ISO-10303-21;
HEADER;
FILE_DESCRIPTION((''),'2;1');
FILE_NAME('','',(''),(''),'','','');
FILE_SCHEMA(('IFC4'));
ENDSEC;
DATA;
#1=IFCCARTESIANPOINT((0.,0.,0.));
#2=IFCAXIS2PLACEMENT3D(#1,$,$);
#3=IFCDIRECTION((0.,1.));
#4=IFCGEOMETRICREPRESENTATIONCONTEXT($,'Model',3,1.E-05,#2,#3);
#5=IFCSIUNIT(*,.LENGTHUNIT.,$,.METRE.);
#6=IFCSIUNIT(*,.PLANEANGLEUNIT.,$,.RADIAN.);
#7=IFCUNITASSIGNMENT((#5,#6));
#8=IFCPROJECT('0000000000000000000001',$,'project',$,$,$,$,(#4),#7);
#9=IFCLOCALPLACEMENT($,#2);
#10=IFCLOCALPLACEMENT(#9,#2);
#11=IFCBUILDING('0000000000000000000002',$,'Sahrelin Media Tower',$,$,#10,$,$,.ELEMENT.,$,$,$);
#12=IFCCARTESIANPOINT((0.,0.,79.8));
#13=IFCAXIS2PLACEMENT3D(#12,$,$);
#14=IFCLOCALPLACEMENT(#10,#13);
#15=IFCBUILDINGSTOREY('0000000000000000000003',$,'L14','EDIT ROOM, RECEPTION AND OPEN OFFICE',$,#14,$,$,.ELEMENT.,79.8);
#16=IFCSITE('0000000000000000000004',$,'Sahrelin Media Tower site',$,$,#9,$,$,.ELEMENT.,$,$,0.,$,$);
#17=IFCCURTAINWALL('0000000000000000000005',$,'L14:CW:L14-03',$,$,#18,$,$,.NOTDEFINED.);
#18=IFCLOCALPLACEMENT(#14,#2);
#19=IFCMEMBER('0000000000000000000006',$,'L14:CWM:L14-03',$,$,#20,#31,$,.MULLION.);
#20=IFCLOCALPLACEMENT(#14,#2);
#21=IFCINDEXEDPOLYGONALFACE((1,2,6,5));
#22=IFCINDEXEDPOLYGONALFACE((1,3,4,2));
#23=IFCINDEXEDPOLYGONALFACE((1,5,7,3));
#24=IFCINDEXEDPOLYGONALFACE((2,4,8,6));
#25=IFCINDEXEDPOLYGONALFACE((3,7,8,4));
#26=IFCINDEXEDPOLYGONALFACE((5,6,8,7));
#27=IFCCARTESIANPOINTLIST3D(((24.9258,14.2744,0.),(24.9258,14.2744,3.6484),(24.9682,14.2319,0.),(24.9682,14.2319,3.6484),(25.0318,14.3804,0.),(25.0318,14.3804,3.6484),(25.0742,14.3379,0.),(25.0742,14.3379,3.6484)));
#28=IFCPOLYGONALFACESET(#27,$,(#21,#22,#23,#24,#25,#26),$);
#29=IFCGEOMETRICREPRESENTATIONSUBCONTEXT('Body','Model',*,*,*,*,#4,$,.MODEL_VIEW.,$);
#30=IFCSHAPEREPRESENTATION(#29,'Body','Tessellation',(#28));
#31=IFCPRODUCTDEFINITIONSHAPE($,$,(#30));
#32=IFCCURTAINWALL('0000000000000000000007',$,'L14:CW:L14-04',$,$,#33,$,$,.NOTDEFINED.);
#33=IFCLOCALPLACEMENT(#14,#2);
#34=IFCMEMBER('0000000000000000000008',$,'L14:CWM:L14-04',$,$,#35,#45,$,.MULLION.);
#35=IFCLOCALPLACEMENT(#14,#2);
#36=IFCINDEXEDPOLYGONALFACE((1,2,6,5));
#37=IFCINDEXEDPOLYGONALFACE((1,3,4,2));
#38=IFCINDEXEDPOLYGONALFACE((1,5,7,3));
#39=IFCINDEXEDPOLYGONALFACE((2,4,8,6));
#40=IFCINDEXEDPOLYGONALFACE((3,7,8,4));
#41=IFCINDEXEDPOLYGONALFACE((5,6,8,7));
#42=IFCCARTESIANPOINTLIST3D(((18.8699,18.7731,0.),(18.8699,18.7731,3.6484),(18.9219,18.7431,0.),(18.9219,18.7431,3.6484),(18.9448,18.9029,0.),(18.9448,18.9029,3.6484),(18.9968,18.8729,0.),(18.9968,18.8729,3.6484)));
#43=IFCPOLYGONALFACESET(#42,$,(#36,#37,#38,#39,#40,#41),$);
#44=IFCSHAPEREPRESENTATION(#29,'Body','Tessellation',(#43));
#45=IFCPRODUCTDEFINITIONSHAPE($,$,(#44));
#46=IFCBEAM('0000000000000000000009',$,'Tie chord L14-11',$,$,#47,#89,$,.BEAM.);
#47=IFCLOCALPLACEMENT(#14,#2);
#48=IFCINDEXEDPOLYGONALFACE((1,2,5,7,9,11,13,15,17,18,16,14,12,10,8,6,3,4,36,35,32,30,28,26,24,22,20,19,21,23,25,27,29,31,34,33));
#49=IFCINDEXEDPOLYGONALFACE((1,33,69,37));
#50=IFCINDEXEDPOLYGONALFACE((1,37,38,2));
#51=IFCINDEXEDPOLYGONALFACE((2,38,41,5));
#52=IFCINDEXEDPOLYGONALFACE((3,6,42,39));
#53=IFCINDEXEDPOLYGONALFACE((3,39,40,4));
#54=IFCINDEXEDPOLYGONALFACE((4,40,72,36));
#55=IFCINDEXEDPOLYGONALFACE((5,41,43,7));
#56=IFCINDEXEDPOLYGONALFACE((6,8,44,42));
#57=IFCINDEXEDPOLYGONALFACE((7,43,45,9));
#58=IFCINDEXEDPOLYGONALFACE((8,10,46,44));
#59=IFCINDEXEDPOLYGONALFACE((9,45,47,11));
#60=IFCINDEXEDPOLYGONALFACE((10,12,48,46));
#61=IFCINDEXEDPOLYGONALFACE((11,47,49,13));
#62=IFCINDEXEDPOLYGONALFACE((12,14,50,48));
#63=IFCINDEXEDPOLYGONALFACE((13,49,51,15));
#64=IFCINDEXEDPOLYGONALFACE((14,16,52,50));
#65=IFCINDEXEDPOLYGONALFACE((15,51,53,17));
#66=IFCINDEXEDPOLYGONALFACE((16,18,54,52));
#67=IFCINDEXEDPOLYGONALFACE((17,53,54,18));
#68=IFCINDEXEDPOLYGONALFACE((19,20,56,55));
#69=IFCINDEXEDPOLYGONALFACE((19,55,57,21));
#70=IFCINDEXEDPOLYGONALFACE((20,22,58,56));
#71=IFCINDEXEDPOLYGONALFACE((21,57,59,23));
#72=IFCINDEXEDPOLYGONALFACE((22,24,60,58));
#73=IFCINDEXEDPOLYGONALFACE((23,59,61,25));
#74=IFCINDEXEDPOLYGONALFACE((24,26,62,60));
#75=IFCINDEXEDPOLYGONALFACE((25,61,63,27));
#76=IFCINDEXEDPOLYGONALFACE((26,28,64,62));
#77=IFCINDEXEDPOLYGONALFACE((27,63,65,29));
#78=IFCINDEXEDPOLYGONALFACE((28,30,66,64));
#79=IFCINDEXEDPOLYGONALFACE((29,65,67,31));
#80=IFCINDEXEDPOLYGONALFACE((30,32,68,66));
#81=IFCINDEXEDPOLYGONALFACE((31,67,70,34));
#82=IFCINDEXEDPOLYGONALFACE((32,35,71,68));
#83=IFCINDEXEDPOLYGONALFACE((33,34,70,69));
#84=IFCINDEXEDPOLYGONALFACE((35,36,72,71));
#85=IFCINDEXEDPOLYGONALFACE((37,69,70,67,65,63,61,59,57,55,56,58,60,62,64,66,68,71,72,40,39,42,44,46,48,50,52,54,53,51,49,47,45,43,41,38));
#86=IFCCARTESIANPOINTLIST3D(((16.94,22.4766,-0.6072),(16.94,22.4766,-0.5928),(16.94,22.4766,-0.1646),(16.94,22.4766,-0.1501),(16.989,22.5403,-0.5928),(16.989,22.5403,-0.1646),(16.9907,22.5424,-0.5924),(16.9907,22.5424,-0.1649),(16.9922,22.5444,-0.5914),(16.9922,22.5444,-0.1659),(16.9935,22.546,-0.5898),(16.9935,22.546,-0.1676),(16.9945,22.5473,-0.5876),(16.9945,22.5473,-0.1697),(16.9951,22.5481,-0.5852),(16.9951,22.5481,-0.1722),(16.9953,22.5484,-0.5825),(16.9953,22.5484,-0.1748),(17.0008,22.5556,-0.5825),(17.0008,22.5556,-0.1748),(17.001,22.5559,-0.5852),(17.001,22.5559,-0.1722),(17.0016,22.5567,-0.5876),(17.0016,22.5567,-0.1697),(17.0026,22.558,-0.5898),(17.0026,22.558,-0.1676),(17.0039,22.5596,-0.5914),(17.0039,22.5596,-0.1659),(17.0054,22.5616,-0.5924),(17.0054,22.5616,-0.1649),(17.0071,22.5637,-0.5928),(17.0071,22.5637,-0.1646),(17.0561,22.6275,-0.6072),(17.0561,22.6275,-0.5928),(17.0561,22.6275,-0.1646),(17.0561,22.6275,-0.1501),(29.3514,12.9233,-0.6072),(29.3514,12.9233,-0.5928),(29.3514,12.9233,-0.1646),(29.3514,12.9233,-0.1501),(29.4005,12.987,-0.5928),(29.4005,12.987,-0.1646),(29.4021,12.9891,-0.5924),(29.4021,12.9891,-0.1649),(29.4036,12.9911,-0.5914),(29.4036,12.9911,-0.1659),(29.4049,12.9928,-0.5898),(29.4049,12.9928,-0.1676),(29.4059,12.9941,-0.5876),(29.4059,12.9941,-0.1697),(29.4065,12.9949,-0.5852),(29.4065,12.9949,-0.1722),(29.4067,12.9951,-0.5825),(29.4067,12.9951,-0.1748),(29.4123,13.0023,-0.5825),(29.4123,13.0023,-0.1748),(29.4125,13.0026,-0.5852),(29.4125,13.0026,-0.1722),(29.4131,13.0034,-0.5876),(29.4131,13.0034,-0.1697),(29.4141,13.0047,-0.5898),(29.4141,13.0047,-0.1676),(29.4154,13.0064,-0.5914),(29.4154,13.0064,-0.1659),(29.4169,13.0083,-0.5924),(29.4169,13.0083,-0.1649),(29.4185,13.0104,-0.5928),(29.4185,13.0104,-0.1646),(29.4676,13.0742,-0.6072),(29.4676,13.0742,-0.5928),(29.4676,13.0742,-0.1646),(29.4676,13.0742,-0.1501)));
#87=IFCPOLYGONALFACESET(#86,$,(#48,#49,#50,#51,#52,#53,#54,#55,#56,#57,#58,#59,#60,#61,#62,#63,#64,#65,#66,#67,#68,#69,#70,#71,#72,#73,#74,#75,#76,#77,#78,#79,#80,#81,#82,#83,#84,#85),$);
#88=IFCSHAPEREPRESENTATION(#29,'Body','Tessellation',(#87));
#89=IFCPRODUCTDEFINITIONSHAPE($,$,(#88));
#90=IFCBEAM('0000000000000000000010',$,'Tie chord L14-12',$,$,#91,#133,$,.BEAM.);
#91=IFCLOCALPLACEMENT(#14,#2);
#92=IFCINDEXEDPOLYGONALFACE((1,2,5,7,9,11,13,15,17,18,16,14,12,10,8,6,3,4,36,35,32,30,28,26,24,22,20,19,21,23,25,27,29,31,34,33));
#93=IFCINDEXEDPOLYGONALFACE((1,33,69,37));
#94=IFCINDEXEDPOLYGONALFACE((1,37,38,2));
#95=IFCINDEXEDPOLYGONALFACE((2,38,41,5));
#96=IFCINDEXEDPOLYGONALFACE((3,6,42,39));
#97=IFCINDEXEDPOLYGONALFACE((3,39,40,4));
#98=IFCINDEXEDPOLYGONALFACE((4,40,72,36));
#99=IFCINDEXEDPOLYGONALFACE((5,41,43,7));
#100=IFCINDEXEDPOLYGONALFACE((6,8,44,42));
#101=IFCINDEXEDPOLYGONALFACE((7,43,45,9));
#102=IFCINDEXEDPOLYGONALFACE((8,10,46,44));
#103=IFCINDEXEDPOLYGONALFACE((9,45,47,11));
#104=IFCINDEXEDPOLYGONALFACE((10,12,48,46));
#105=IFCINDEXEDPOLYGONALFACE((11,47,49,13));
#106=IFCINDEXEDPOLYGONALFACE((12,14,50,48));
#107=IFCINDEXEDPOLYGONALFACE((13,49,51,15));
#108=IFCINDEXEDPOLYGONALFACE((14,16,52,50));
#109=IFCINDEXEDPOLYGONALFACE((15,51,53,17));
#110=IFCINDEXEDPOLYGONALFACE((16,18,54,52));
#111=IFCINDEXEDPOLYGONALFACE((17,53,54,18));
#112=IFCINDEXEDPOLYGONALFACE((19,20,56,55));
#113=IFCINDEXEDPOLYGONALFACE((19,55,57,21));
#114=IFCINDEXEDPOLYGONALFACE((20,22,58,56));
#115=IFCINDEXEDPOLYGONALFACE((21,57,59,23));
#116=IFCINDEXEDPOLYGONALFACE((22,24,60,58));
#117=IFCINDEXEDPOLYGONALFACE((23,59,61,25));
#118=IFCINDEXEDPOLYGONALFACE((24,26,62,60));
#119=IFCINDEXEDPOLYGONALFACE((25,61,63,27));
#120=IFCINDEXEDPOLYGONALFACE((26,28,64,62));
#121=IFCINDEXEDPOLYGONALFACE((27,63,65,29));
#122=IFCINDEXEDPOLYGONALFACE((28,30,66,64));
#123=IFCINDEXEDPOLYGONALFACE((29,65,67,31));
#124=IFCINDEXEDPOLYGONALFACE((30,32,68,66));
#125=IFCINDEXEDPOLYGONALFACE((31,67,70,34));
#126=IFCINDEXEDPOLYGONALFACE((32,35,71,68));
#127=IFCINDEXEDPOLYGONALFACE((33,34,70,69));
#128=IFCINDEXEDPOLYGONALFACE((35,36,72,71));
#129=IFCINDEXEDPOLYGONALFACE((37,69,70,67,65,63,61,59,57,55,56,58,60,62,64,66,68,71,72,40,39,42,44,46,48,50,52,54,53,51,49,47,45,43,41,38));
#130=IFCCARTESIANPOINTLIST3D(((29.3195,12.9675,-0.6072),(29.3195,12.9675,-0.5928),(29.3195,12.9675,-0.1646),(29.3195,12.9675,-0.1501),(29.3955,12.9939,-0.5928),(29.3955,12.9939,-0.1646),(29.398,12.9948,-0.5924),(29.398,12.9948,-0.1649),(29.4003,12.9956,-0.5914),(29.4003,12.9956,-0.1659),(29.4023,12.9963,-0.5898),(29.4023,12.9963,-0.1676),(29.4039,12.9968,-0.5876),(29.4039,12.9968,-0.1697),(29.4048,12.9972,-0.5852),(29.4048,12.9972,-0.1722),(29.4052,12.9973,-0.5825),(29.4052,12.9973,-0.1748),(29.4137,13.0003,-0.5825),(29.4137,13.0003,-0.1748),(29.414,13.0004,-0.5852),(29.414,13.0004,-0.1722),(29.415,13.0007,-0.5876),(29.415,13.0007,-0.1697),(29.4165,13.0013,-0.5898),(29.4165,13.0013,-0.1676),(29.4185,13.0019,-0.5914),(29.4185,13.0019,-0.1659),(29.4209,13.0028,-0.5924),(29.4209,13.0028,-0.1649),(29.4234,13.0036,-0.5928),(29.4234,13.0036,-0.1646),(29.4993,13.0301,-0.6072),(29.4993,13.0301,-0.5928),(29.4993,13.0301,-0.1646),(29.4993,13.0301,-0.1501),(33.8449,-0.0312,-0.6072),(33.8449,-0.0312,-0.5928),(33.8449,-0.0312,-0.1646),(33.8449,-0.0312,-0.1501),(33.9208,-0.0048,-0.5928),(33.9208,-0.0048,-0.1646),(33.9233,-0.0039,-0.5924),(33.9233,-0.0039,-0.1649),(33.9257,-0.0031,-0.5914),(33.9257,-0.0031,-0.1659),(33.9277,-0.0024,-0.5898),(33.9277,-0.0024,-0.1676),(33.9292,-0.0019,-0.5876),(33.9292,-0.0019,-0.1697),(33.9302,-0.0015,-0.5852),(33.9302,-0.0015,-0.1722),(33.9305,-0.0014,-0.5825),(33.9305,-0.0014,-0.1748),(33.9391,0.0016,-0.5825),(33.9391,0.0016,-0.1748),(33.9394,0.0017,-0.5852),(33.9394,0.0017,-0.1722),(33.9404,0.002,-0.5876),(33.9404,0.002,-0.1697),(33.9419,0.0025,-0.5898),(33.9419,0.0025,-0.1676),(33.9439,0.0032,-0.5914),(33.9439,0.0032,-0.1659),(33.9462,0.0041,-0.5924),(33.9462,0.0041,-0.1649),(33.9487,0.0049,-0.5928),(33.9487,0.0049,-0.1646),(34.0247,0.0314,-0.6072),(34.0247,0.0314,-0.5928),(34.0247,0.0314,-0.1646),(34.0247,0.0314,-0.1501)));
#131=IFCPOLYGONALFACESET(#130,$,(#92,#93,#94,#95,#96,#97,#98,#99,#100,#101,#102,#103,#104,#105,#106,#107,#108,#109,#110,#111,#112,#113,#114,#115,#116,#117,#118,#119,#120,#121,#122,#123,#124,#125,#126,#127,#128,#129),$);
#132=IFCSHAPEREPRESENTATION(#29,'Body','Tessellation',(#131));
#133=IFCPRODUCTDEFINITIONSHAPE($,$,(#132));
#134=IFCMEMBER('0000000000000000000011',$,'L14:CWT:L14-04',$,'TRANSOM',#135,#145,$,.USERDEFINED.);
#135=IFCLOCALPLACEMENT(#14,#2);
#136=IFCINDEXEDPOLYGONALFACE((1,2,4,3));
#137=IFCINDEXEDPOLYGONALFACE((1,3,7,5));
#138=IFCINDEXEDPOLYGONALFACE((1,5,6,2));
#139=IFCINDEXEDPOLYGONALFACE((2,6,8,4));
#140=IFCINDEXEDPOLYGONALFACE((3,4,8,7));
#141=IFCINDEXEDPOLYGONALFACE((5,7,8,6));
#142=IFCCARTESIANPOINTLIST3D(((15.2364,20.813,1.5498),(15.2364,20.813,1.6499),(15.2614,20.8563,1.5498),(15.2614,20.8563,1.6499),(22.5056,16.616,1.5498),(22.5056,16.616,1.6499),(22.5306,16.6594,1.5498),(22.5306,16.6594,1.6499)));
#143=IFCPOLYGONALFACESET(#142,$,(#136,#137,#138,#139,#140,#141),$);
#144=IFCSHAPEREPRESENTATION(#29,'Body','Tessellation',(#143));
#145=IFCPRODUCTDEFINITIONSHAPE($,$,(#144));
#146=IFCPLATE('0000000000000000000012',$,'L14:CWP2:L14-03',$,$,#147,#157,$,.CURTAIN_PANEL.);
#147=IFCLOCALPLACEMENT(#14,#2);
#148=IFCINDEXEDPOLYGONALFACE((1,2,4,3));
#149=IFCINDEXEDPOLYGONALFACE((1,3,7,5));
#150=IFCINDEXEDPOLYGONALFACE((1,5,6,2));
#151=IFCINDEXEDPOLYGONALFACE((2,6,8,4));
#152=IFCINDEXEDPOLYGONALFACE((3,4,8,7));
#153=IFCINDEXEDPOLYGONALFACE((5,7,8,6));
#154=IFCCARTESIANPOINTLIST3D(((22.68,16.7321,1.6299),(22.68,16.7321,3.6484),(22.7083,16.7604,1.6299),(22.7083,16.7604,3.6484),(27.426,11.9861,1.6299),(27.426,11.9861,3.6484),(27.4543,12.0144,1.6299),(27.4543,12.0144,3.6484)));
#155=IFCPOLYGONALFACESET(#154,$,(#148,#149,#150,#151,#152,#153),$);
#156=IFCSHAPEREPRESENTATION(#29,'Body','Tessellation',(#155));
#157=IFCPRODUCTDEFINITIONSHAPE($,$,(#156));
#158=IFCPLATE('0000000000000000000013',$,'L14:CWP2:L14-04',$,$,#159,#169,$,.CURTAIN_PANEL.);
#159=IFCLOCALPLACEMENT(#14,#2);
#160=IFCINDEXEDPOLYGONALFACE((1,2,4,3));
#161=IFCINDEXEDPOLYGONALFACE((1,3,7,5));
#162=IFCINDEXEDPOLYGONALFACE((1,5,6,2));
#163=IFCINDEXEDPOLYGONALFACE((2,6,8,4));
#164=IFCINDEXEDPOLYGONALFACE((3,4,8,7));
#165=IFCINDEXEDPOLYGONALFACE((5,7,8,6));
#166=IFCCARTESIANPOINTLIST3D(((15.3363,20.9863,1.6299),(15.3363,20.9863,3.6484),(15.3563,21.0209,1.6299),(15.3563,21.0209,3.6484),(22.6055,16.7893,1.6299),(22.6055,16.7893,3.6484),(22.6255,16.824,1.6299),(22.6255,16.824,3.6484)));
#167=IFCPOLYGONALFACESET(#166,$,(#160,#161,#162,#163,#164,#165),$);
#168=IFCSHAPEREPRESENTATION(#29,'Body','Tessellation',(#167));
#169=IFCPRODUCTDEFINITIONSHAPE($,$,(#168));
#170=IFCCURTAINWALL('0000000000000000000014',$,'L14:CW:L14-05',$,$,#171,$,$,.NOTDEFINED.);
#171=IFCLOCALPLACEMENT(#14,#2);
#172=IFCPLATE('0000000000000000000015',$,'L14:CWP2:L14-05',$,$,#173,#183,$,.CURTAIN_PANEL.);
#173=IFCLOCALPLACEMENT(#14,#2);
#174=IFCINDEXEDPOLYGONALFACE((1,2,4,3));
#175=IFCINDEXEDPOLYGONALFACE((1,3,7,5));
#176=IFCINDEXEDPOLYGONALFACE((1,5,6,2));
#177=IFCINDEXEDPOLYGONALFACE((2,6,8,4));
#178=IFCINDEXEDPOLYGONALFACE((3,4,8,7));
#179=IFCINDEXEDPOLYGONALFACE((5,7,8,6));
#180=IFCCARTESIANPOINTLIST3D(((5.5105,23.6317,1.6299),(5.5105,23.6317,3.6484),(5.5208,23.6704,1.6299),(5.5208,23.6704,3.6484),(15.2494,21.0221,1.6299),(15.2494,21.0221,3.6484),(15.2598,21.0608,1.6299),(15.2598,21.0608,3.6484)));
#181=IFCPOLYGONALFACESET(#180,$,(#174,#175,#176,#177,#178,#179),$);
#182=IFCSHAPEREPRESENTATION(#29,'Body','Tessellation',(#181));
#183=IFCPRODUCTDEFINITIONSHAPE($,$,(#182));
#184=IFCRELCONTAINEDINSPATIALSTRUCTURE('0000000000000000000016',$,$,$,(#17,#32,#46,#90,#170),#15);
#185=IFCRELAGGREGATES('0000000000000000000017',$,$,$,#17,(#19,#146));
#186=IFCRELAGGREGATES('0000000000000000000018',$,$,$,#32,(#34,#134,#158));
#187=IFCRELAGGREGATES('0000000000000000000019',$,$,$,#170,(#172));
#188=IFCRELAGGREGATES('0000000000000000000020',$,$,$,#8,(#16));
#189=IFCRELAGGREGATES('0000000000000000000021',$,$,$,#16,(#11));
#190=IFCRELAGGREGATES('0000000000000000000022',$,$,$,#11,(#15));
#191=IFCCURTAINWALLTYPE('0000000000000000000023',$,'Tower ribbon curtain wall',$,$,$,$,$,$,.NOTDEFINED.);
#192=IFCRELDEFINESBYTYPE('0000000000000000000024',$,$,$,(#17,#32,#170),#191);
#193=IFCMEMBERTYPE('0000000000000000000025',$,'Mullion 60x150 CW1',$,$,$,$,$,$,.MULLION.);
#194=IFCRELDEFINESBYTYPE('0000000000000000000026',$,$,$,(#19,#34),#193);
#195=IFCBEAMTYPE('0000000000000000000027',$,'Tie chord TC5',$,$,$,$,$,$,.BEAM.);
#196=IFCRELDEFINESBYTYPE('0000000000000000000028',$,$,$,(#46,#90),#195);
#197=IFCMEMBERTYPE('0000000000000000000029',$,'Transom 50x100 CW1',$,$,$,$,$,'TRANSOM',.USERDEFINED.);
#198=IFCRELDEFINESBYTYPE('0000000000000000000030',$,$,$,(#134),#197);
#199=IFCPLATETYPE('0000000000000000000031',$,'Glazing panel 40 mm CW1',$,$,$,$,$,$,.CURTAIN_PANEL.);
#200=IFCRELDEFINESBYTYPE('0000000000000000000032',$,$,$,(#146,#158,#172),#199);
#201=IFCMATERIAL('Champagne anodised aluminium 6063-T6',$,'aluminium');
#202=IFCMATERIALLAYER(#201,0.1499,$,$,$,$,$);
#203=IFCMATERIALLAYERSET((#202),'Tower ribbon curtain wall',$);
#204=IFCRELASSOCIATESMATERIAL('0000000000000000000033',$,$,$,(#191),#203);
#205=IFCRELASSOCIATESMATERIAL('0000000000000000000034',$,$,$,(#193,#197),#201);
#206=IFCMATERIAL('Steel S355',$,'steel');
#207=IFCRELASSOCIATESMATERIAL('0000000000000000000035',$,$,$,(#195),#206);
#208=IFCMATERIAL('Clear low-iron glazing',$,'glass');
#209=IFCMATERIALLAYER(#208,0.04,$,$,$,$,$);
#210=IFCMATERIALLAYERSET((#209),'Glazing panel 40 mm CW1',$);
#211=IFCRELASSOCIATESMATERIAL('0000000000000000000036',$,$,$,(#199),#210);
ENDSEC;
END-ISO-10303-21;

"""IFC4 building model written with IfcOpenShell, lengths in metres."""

from ifc_helpers import new_model, si_unit, direction, frame, origin, origin_2d, place, context, subcontext, project, spatial, polyline, rectangle, i_section, outline, extrude, material, layer, layer_set, material_profile, profile_set, type_object, element, aggregate, save


model = new_model("IFC4")

# Units and contexts
model_context = context("Model", 3, precision=1e-05, world=origin(), true_north=direction((0.0, 1.0)))
body_context = subcontext(model_context, "Body", "Model", "MODEL_VIEW")
ifc_project = project(units=[si_unit("LENGTHUNIT", "METRE"), si_unit("PLANEANGLEUNIT", "RADIAN")], contexts=[model_context])

# Site, building, storey
site_placement = place(None, origin())
site = spatial("IfcSite", under=ifc_project, at=site_placement, Name="Sahrelin Media Tower site", CompositionType="ELEMENT", RefElevation=0.0)
building_placement = place(site_placement, origin())
building = spatial("IfcBuilding", under=site, at=building_placement, Name="Sahrelin Media Tower", CompositionType="ELEMENT")
storey_placement = place(building_placement, frame((0.0, 0.0, 79.8)))
storey = spatial("IfcBuildingStorey", under=building, at=storey_placement, Name="L14", Description="EDIT ROOM, RECEPTION AND OPEN OFFICE", CompositionType="ELEMENT", Elevation=79.8)

# Shared definitions
ifc_material_1 = material(Name="Steel S355", Category="steel")

# Curtain walls, members
ifc_material_2 = material(Name="Champagne anodised aluminium 6063-T6", Category="aluminium")
ifc_layer_1 = layer(ifc_material_2, 0.1499)
ifc_layer_set_1 = layer_set([ifc_layer_1], Name="Tower ribbon curtain wall")
curtain_wall_type = type_object("IfcCurtainWallType", Name="Tower ribbon curtain wall", PredefinedType="NOTDEFINED", material=ifc_layer_set_1)
curtain_wall_1_placement = place(storey_placement, frame((25.0671, 14.3733, 0.0), z_axis=(0.0, 0.0, 1.0), x_axis=(1.0, 0.0, 0.0)))
curtain_wall_1 = element("IfcCurtainWall", 1, at=curtain_wall_1_placement, inside=storey, type_object=curtain_wall_type, Name="L14:CW:L14-03", PredefinedType="NOTDEFINED")
ifc_material_profile_1 = material_profile(ifc_material_2, rectangle(XDim=0.0601, YDim=0.1499, at=origin_2d()), Name="Mullion 60x150")
ifc_profile_set_1 = profile_set([ifc_material_profile_1], Name="Champagne anodised aluminium 6063-T6")
member_type_1 = type_object("IfcMemberType", Name="Mullion 60x150 CW1", PredefinedType="MULLION", material=ifc_profile_set_1)
member_1_placement = place(storey_placement, frame((25.0, 14.3062, 0.0), z_axis=(0.0, 0.0, 1.0), x_axis=(-0.707107, 0.707107, 0.0)))
member_1 = element("IfcMember", 2, at=member_1_placement, type_object=member_type_1, Name="L14:CWM:L14-03", PredefinedType="MULLION", context=body_context, shape_type="SweptSolid", body=[
    extrude(rectangle(XDim=0.0601, YDim=0.1499, at=origin_2d()), origin(), (0.0, 0.0, 1.0), 3.6484),
])
curtain_wall_2_placement = place(storey_placement, frame((18.9807, 18.905, 0.0), z_axis=(0.0, 0.0, 1.0), x_axis=(1.0, 0.0, 0.0)))
curtain_wall_2 = element("IfcCurtainWall", 3, at=curtain_wall_2_placement, inside=storey, type_object=curtain_wall_type, Name="L14:CW:L14-04", PredefinedType="NOTDEFINED")
member_2_placement = place(storey_placement, frame((18.9333, 18.823, 0.0), z_axis=(0.0, 0.0, 1.0), x_axis=(-0.866027, 0.499997, 0.0)))
member_2 = element("IfcMember", 4, at=member_2_placement, type_object=member_type_1, Name="L14:CWM:L14-04", PredefinedType="MULLION", context=body_context, shape_type="SweptSolid", body=[
    extrude(rectangle(XDim=0.0601, YDim=0.1499, at=origin_2d()), origin(), (0.0, 0.0, 1.0), 3.6484),
])

# Beams
ifc_material_profile_2 = material_profile(ifc_material_1, i_section(OverallWidth=0.1904, OverallDepth=0.457, WebThickness=0.009, FlangeThickness=0.0144, FilletRadius=0.0103, at=origin_2d()), Name="UB 457x191x74")
ifc_profile_set_2 = profile_set([ifc_material_profile_2], Name="Steel S355")
beam_type_1 = type_object("IfcBeamType", Name="Tie chord TC5", PredefinedType="BEAM", material=ifc_profile_set_2)
beam_1_placement = place(storey_placement, frame((16.998, 22.552, -0.3787), z_axis=(0.792439, -0.609952, 0.0), x_axis=(0.609952, 0.792439, 0.0)))
element("IfcBeam", 5, at=beam_1_placement, inside=storey, type_object=beam_type_1, Name="Tie chord L14-11", PredefinedType="BEAM", context=body_context, shape_type="SweptSolid", body=[
    extrude(i_section(OverallWidth=0.1904, OverallDepth=0.457, WebThickness=0.009, FlangeThickness=0.0144, FilletRadius=0.0103, at=origin_2d()), origin(), (0.0, 0.0, 1.0), 15.6624),
])
beam_2_placement = place(storey_placement, frame((29.4094, 12.9988, -0.3787), z_axis=(0.328785, -0.944405, 0.0), x_axis=(0.944405, 0.328785, 0.0)))
element("IfcBeam", 6, at=beam_2_placement, inside=storey, type_object=beam_type_1, Name="Tie chord L14-12", PredefinedType="BEAM", context=body_context, shape_type="SweptSolid", body=[
    extrude(i_section(OverallWidth=0.1904, OverallDepth=0.457, WebThickness=0.009, FlangeThickness=0.0144, FilletRadius=0.0103, at=origin_2d()), origin(), (0.0, 0.0, 1.0), 13.7639),
])

# Member
ifc_material_profile_3 = material_profile(ifc_material_2, rectangle(XDim=0.05, YDim=0.1001, at=origin_2d()), Name="Transom 50x100")
ifc_profile_set_3 = profile_set([ifc_material_profile_3], Name="Champagne anodised aluminium 6063-T6")
member_type_2 = type_object("IfcMemberType", Name="Transom 50x100 CW1", ElementType="TRANSOM", PredefinedType="USERDEFINED", material=ifc_profile_set_3)
member_3_placement = place(storey_placement, frame((22.5181, 16.6377, 1.5999), z_axis=(-0.86602, 0.500009, 0.0), x_axis=(-0.500009, -0.86602, 0.0)))
member_3 = element("IfcMember", 7, at=member_3_placement, type_object=member_type_2, Name="L14:CWT:L14-04", ObjectType="TRANSOM", PredefinedType="USERDEFINED", context=body_context, shape_type="SweptSolid", body=[
    extrude(rectangle(XDim=0.05, YDim=0.1001, at=origin_2d()), origin(), (0.0, 0.0, 1.0), 8.3938),
])

# Plates
ifc_material_3 = material(Name="Clear low-iron glazing", Category="glass")
ifc_layer_2 = layer(ifc_material_3, 0.04)
ifc_layer_set_2 = layer_set([ifc_layer_2], Name="Glazing panel 40 mm CW1")
plate_type_1 = type_object("IfcPlateType", Name="Glazing panel 40 mm CW1", PredefinedType="CURTAIN_PANEL", material=ifc_layer_set_2)
plate_1_placement = place(storey_placement, frame((27.4543, 12.0144, 1.6299), z_axis=(0.707107, 0.707107, 0.0), x_axis=(-0.707107, 0.707107, 0.0)))
plate_1 = element("IfcPlate", 8, at=plate_1_placement, type_object=plate_type_1, Name="L14:CWP2:L14-03", PredefinedType="CURTAIN_PANEL", context=body_context, shape_type="SweptSolid", body=[
    extrude(outline(polyline([(0.0, 0.0), (6.7119, 0.0), (6.7119, 2.0186), (0.0, 2.0186), (0.0, 0.0)])), origin(), (0.0, 0.0, -1.0), 0.04),
])
aggregate(curtain_wall_1, [member_1, plate_1])
plate_2_placement = place(storey_placement, frame((22.6255, 16.824, 1.6299), z_axis=(0.500009, 0.86602, 0.0), x_axis=(-0.86602, 0.500009, 0.0)))
plate_2 = element("IfcPlate", 9, at=plate_2_placement, type_object=plate_type_1, Name="L14:CWP2:L14-04", PredefinedType="CURTAIN_PANEL", context=body_context, shape_type="SweptSolid", body=[
    extrude(outline(polyline([(0.0, 0.0), (8.3938, 0.0), (8.3938, 2.0186), (0.0, 2.0186), (0.0, 0.0)])), origin(), (0.0, 0.0, -1.0), 0.04),
])

# Curtain wall, plate
curtain_wall_3_placement = place(storey_placement, frame((10.385, 22.3464, 0.0), z_axis=(0.0, 0.0, 1.0), x_axis=(1.0, 0.0, 0.0)))
curtain_wall_3 = element("IfcCurtainWall", 10, at=curtain_wall_3_placement, inside=storey, type_object=curtain_wall_type, Name="L14:CW:L14-05", PredefinedType="NOTDEFINED")
plate_3_placement = place(storey_placement, frame((15.2598, 21.0608, 1.6299), z_axis=(0.258824, 0.965924, 0.0), x_axis=(-0.965924, 0.258824, 0.0)))
plate_3 = element("IfcPlate", 11, at=plate_3_placement, type_object=plate_type_1, Name="L14:CWP2:L14-05", PredefinedType="CURTAIN_PANEL", context=body_context, shape_type="SweptSolid", body=[
    extrude(outline(polyline([(0.0, 0.0), (10.0825, 0.0), (10.0825, 2.0186), (0.0, 2.0186), (0.0, 0.0)])), origin(), (0.0, 0.0, -1.0), 0.04),
])

aggregate(curtain_wall_2, [member_2, member_3, plate_2])
aggregate(curtain_wall_3, [plate_3])

save(model, "model.ifc")
